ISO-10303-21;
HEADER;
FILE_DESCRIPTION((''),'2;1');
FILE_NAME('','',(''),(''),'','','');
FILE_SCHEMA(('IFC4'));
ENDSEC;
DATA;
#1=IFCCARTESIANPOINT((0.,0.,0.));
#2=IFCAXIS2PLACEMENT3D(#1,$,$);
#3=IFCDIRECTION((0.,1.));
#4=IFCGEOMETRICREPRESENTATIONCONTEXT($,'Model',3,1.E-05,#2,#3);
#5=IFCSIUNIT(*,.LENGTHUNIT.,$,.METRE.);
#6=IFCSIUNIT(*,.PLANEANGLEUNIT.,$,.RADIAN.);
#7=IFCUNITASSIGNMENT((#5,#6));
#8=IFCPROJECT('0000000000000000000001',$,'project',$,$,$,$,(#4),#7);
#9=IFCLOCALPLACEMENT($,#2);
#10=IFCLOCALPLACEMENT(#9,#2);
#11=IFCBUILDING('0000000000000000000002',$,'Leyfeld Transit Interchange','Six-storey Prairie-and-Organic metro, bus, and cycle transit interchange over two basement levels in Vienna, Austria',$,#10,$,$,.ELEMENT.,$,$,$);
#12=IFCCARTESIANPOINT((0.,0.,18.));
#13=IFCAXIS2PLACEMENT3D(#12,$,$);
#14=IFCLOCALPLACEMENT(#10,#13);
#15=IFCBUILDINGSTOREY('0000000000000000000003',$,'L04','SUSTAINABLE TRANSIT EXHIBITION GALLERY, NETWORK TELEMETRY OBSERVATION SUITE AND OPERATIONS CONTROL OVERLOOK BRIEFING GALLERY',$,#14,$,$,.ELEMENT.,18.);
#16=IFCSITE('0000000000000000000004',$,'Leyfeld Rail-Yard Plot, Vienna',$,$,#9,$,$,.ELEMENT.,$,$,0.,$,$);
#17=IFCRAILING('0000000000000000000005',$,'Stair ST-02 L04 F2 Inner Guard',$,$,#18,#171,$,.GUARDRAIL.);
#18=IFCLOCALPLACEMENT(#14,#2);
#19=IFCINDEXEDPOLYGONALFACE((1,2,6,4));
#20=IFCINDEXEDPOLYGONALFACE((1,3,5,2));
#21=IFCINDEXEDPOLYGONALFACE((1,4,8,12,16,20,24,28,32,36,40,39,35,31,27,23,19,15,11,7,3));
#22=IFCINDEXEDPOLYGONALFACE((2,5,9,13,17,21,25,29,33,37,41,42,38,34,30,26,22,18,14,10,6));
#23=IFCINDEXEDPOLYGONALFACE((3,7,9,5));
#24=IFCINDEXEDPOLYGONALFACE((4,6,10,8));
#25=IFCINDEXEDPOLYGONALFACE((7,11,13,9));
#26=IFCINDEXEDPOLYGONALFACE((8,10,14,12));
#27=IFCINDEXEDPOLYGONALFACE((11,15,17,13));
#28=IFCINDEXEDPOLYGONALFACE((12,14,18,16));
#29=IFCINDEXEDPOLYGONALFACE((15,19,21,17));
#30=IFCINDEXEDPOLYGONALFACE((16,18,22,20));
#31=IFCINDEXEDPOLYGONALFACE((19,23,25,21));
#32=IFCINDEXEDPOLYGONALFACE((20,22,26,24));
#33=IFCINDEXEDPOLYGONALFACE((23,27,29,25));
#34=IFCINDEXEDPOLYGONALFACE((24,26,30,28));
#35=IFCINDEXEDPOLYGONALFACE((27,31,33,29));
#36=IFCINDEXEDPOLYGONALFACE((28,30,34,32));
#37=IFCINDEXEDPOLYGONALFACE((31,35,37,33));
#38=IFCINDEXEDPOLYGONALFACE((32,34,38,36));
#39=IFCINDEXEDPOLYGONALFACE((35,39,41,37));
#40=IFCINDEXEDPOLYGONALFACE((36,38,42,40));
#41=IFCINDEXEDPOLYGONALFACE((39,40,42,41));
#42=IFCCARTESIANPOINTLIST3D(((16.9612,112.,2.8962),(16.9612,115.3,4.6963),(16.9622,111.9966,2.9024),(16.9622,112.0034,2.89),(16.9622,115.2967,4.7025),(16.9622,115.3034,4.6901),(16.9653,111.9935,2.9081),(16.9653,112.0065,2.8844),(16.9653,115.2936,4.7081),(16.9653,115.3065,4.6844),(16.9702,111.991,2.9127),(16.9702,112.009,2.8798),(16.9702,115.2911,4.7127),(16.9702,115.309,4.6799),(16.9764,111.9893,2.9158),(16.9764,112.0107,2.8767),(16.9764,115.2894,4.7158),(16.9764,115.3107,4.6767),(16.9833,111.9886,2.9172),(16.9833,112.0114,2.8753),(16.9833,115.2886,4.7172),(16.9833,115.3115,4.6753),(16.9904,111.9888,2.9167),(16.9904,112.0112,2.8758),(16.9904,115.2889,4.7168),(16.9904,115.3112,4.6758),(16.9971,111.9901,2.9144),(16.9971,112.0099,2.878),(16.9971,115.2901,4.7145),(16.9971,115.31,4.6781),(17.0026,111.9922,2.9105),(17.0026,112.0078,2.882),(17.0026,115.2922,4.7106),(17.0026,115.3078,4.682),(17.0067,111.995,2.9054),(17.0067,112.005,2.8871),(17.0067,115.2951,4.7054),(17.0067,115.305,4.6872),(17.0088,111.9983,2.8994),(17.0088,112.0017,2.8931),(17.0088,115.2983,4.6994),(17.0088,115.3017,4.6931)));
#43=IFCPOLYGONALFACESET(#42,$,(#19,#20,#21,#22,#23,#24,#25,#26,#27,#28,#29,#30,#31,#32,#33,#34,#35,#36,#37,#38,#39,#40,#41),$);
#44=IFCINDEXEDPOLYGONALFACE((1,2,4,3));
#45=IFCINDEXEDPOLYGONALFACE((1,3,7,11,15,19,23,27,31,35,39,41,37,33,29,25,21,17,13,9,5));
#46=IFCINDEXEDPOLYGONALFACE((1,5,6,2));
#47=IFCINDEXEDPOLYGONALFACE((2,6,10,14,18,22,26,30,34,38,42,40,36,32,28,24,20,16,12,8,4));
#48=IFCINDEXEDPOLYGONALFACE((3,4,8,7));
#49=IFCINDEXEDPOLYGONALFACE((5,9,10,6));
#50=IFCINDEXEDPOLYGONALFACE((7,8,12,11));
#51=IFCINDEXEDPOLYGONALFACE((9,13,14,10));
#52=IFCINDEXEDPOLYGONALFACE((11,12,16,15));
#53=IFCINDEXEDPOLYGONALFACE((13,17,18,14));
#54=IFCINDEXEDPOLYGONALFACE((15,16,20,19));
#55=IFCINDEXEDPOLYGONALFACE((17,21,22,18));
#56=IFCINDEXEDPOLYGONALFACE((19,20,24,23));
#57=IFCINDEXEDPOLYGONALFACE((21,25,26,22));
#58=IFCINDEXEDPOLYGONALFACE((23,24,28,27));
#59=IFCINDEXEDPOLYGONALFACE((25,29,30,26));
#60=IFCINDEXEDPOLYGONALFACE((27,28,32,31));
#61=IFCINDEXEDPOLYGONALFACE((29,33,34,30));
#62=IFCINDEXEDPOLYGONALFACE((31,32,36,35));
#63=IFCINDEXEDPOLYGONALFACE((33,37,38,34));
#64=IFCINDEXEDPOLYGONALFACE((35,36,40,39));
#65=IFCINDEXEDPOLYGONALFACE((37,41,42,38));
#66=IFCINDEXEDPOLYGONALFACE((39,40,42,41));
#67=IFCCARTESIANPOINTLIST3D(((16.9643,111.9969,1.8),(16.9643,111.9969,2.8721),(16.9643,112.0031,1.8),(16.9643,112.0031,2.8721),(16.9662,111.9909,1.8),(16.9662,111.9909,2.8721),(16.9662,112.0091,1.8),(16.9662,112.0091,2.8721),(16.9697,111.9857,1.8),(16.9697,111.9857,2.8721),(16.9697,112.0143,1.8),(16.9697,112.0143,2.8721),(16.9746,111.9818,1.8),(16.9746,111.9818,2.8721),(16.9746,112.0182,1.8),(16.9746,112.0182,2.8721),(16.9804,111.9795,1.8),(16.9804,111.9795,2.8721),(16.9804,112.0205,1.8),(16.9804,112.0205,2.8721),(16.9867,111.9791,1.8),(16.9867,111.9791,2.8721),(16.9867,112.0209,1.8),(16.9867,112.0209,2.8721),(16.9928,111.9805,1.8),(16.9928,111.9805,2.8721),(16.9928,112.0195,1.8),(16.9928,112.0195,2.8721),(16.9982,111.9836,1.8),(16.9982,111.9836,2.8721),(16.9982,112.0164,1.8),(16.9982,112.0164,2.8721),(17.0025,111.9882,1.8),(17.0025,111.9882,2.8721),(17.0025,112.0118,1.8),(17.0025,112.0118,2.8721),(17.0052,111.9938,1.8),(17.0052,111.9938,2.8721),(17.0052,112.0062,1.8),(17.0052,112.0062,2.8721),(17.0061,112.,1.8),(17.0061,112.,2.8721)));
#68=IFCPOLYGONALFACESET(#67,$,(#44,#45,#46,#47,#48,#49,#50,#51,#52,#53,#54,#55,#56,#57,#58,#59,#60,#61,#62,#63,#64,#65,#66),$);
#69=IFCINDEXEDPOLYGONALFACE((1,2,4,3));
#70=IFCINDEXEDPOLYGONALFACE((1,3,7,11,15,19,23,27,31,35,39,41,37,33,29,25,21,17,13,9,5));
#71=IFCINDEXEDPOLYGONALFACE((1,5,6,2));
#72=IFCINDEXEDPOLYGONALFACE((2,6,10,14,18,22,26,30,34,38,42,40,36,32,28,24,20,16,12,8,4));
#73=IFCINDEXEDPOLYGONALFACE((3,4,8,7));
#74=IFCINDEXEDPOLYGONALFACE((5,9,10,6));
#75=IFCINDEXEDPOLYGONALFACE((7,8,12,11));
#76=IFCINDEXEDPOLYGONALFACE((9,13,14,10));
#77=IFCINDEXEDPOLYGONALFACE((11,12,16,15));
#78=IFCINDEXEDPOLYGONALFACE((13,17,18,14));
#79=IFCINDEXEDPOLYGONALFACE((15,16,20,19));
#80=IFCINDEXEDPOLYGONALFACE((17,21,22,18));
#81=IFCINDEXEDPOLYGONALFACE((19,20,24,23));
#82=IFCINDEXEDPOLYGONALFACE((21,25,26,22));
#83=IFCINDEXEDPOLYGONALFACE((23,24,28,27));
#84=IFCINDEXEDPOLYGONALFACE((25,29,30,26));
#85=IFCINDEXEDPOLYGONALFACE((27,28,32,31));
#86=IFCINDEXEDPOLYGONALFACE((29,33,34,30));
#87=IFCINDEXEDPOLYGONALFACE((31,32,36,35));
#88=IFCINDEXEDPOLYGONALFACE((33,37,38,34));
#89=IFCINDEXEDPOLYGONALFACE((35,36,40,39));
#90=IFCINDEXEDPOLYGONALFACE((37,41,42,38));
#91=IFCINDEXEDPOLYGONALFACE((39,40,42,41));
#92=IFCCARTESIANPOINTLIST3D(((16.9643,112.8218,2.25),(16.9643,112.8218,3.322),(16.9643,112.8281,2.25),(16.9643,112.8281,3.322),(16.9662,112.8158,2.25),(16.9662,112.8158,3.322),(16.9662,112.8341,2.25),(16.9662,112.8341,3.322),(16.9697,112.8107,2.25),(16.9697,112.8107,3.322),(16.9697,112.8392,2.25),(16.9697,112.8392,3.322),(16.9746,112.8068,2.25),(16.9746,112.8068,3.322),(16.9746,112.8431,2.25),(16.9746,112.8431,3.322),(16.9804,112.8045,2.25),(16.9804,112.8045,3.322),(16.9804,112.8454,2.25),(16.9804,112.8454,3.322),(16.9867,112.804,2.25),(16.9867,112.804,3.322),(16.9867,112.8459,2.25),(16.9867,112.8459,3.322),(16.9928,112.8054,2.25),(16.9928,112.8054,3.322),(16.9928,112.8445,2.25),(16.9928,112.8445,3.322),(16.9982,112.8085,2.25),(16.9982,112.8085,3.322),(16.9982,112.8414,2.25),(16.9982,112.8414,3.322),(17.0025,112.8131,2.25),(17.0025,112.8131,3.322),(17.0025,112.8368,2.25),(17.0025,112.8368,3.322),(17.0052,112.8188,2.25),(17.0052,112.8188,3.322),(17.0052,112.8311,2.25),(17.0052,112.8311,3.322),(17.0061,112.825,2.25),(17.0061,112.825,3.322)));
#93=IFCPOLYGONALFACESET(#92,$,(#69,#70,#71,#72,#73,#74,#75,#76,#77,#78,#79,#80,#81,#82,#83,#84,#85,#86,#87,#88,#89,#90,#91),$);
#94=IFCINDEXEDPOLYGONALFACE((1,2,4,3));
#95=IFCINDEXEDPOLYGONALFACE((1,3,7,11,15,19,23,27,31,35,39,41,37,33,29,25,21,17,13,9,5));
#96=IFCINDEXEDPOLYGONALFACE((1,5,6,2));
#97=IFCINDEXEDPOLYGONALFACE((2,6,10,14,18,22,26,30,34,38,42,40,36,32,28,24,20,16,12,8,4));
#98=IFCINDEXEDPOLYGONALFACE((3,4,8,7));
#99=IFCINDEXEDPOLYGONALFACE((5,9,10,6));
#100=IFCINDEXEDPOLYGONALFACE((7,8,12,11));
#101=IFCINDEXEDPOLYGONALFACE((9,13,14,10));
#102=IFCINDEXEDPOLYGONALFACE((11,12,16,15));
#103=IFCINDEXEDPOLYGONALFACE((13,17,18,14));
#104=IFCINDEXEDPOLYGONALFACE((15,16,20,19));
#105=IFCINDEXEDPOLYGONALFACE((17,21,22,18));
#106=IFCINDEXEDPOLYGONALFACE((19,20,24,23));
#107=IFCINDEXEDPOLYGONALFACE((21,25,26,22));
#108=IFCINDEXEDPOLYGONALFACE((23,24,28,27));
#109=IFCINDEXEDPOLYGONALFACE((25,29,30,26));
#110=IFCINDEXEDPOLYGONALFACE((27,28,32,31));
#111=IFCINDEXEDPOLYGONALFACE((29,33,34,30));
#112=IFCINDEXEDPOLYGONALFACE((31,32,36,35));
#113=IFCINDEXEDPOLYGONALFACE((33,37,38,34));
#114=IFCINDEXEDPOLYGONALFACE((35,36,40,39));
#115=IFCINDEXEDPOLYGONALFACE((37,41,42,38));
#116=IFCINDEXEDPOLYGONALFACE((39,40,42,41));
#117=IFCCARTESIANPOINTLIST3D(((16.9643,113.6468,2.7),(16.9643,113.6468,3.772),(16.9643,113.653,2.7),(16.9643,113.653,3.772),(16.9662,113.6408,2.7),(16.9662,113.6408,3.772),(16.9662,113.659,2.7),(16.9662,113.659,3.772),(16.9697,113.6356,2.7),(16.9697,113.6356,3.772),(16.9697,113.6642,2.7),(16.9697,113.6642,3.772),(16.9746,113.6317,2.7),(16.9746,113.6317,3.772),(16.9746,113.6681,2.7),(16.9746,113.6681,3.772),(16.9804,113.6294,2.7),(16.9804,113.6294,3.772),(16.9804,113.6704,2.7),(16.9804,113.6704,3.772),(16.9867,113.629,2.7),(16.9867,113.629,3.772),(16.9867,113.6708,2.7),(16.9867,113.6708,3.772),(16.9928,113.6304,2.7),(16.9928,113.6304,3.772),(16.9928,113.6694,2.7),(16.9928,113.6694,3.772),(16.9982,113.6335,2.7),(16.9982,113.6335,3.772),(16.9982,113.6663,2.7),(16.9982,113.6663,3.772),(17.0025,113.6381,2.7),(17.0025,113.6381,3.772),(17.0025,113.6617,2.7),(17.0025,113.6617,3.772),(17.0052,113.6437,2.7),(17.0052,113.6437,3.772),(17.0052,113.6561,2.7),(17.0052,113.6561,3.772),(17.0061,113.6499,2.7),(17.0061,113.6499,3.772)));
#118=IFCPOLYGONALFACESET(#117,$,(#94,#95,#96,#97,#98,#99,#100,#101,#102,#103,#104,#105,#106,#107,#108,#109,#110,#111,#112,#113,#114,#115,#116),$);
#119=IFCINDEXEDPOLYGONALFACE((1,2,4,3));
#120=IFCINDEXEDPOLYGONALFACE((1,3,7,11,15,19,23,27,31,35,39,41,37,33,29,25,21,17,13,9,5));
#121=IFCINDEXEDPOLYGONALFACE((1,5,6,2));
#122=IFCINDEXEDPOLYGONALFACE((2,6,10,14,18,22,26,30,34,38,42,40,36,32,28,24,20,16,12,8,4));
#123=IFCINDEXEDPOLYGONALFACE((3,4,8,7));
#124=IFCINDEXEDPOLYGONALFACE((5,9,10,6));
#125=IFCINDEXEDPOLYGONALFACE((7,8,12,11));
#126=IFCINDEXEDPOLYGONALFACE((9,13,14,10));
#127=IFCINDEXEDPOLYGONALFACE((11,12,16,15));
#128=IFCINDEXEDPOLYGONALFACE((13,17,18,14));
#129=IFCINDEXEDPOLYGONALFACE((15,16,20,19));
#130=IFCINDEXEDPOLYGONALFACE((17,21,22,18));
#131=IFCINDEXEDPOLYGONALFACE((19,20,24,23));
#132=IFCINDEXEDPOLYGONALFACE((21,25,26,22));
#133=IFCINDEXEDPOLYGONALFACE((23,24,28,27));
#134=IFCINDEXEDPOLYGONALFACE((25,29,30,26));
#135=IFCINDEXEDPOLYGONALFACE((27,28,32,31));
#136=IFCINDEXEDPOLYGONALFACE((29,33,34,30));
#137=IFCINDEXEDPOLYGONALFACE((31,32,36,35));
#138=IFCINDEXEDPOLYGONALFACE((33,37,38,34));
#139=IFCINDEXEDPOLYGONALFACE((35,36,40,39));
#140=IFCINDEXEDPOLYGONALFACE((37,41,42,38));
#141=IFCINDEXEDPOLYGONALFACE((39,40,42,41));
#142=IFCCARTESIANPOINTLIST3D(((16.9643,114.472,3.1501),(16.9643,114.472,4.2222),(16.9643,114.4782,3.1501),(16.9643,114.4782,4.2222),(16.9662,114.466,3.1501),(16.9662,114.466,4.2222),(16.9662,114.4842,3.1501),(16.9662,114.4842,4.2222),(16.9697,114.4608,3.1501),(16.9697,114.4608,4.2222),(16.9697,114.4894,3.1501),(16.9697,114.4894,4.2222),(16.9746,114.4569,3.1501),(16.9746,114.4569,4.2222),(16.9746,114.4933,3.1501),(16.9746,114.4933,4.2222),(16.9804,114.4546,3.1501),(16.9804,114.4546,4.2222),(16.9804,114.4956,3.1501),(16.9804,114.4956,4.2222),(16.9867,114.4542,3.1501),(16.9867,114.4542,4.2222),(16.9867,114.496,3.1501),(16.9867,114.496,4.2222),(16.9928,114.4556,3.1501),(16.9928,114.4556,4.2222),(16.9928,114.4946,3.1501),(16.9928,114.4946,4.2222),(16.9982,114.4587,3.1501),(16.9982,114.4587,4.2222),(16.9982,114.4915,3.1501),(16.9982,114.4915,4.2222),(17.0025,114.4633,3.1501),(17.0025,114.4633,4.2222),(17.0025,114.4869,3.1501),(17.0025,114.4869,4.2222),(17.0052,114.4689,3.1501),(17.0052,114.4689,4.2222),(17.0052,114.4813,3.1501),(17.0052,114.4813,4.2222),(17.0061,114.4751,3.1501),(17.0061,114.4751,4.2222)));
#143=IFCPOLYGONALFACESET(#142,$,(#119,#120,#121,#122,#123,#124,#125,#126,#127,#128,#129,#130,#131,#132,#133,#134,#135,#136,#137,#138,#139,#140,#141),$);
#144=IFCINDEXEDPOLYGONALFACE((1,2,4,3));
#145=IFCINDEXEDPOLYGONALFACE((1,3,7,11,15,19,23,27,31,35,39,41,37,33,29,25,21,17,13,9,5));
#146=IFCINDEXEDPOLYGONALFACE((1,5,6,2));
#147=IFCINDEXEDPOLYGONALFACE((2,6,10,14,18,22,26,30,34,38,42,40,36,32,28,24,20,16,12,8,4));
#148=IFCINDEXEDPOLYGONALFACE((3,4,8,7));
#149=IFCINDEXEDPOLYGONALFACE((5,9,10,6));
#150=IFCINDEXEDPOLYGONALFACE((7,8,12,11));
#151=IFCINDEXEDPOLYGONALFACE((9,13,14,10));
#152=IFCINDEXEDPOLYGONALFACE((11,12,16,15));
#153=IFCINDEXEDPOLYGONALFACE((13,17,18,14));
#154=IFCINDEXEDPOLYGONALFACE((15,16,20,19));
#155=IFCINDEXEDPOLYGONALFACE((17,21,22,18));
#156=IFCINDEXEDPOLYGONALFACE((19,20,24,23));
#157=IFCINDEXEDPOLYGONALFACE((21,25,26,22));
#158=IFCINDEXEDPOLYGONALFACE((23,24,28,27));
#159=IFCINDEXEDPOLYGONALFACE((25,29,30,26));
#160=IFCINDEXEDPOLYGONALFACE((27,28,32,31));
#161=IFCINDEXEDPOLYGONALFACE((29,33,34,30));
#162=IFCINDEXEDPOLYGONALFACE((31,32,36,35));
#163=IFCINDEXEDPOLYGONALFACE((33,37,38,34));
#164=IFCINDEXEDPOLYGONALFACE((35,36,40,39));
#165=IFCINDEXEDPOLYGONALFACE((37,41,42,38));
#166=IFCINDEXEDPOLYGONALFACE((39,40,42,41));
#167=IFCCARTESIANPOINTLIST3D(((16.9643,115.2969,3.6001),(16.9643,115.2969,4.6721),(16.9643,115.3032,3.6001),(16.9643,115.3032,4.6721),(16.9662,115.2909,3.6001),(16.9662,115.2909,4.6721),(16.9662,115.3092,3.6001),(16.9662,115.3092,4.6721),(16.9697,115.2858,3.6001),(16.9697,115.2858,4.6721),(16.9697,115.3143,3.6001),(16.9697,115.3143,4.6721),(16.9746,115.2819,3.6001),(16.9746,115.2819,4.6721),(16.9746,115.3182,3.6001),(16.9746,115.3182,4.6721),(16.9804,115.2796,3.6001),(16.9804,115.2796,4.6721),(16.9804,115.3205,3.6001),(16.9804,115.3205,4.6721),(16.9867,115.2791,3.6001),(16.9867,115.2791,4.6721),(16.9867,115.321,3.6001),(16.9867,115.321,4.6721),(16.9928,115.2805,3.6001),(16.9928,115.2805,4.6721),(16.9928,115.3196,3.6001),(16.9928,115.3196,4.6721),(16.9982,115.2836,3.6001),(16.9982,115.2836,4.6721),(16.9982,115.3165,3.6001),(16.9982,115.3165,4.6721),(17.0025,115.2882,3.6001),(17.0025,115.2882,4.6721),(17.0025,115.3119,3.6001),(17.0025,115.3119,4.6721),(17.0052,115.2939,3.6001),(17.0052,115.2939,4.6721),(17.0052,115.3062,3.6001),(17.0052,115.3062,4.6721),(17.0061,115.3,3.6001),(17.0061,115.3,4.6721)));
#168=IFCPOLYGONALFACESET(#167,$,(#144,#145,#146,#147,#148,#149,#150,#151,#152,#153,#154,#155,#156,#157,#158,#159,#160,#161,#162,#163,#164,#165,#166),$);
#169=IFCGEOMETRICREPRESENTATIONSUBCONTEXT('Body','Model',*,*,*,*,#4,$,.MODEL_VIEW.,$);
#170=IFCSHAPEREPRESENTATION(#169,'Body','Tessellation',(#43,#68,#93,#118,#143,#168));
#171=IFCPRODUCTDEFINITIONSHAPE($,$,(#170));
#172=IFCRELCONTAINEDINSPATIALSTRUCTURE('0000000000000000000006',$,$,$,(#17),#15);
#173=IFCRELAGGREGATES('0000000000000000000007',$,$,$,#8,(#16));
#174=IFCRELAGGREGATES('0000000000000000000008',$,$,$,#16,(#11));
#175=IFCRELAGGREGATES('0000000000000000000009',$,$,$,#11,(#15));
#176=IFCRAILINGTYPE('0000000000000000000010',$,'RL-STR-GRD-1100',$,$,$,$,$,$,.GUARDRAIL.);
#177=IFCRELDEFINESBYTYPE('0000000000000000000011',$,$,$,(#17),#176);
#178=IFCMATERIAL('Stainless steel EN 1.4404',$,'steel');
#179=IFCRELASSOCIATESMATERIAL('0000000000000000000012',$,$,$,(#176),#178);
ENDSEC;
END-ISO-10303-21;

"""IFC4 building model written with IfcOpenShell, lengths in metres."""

from ifc_helpers import new_model, si_unit, direction, frame, origin, origin_2d, place, context, subcontext, project, spatial, circle, extrude, material, type_object, element, save


model = new_model("IFC4")

# Units and contexts
model_context = context("Model", 3, precision=1e-05, world=origin(), true_north=direction((0.0, 1.0)))
body_context = subcontext(model_context, "Body", "Model", "MODEL_VIEW")
ifc_project = project(units=[si_unit("LENGTHUNIT", "METRE"), si_unit("PLANEANGLEUNIT", "RADIAN")], contexts=[model_context])

# Site, building, storey
site_placement = place(None, origin())
site = spatial("IfcSite", under=ifc_project, at=site_placement, Name="Leyfeld Rail-Yard Plot, Vienna", CompositionType="ELEMENT", RefElevation=0.0)
building_placement = place(site_placement, origin())
building = spatial("IfcBuilding", under=site, at=building_placement, Name="Leyfeld Transit Interchange", Description="Six-storey Prairie-and-Organic metro, bus, and cycle transit interchange over two basement levels in Vienna, Austria", CompositionType="ELEMENT")
storey_placement = place(building_placement, frame((0.0, 0.0, 18.0)))
storey = spatial("IfcBuildingStorey", under=building, at=storey_placement, Name="L04", Description="SUSTAINABLE TRANSIT EXHIBITION GALLERY, NETWORK TELEMETRY OBSERVATION SUITE AND OPERATIONS CONTROL OVERLOOK BRIEFING GALLERY", CompositionType="ELEMENT", Elevation=18.0)

# Railing
ifc_material_1 = material(Name="Stainless steel EN 1.4404", Category="steel")
railing_type_1 = type_object("IfcRailingType", Name="RL-STR-GRD-1100", PredefinedType="GUARDRAIL", material=ifc_material_1)
for number, where, name in (
    (1, (16.9851, 112.0, 1.8), "Stair ST-02 L04 F2 Inner Guard"),
):
    element("IfcRailing", number, at=place(storey_placement, frame(where)), inside=storey, type_object=railing_type_1, Name=name, PredefinedType="GUARDRAIL", context=body_context, shape_type="SweptSolid", body=[
        extrude(circle(Radius=0.0239, at=origin_2d()), frame((0.0, 0.0, 1.0962), z_axis=(0.0, 0.877893, 0.478857), x_axis=(-1.0, 0.0, 0.0)), (0.0, 0.0, 1.0), 3.759),
        extrude(circle(Radius=0.021, at=origin_2d()), origin(), (0.0, 0.0, 1.0), 1.072),
        extrude(circle(Radius=0.021, at=origin_2d()), frame((0.0, 0.825, 0.45)), (0.0, 0.0, 1.0), 1.072),
        extrude(circle(Radius=0.021, at=origin_2d()), frame((0.0, 1.6499, 0.8999)), (0.0, 0.0, 1.0), 1.072),
        extrude(circle(Radius=0.021, at=origin_2d()), frame((0.0, 2.4751, 1.3501)), (0.0, 0.0, 1.0), 1.072),
        extrude(circle(Radius=0.021, at=origin_2d()), frame((0.0, 3.3, 1.8)), (0.0, 0.0, 1.0), 1.072),
    ])

save(model, "model.ifc")
